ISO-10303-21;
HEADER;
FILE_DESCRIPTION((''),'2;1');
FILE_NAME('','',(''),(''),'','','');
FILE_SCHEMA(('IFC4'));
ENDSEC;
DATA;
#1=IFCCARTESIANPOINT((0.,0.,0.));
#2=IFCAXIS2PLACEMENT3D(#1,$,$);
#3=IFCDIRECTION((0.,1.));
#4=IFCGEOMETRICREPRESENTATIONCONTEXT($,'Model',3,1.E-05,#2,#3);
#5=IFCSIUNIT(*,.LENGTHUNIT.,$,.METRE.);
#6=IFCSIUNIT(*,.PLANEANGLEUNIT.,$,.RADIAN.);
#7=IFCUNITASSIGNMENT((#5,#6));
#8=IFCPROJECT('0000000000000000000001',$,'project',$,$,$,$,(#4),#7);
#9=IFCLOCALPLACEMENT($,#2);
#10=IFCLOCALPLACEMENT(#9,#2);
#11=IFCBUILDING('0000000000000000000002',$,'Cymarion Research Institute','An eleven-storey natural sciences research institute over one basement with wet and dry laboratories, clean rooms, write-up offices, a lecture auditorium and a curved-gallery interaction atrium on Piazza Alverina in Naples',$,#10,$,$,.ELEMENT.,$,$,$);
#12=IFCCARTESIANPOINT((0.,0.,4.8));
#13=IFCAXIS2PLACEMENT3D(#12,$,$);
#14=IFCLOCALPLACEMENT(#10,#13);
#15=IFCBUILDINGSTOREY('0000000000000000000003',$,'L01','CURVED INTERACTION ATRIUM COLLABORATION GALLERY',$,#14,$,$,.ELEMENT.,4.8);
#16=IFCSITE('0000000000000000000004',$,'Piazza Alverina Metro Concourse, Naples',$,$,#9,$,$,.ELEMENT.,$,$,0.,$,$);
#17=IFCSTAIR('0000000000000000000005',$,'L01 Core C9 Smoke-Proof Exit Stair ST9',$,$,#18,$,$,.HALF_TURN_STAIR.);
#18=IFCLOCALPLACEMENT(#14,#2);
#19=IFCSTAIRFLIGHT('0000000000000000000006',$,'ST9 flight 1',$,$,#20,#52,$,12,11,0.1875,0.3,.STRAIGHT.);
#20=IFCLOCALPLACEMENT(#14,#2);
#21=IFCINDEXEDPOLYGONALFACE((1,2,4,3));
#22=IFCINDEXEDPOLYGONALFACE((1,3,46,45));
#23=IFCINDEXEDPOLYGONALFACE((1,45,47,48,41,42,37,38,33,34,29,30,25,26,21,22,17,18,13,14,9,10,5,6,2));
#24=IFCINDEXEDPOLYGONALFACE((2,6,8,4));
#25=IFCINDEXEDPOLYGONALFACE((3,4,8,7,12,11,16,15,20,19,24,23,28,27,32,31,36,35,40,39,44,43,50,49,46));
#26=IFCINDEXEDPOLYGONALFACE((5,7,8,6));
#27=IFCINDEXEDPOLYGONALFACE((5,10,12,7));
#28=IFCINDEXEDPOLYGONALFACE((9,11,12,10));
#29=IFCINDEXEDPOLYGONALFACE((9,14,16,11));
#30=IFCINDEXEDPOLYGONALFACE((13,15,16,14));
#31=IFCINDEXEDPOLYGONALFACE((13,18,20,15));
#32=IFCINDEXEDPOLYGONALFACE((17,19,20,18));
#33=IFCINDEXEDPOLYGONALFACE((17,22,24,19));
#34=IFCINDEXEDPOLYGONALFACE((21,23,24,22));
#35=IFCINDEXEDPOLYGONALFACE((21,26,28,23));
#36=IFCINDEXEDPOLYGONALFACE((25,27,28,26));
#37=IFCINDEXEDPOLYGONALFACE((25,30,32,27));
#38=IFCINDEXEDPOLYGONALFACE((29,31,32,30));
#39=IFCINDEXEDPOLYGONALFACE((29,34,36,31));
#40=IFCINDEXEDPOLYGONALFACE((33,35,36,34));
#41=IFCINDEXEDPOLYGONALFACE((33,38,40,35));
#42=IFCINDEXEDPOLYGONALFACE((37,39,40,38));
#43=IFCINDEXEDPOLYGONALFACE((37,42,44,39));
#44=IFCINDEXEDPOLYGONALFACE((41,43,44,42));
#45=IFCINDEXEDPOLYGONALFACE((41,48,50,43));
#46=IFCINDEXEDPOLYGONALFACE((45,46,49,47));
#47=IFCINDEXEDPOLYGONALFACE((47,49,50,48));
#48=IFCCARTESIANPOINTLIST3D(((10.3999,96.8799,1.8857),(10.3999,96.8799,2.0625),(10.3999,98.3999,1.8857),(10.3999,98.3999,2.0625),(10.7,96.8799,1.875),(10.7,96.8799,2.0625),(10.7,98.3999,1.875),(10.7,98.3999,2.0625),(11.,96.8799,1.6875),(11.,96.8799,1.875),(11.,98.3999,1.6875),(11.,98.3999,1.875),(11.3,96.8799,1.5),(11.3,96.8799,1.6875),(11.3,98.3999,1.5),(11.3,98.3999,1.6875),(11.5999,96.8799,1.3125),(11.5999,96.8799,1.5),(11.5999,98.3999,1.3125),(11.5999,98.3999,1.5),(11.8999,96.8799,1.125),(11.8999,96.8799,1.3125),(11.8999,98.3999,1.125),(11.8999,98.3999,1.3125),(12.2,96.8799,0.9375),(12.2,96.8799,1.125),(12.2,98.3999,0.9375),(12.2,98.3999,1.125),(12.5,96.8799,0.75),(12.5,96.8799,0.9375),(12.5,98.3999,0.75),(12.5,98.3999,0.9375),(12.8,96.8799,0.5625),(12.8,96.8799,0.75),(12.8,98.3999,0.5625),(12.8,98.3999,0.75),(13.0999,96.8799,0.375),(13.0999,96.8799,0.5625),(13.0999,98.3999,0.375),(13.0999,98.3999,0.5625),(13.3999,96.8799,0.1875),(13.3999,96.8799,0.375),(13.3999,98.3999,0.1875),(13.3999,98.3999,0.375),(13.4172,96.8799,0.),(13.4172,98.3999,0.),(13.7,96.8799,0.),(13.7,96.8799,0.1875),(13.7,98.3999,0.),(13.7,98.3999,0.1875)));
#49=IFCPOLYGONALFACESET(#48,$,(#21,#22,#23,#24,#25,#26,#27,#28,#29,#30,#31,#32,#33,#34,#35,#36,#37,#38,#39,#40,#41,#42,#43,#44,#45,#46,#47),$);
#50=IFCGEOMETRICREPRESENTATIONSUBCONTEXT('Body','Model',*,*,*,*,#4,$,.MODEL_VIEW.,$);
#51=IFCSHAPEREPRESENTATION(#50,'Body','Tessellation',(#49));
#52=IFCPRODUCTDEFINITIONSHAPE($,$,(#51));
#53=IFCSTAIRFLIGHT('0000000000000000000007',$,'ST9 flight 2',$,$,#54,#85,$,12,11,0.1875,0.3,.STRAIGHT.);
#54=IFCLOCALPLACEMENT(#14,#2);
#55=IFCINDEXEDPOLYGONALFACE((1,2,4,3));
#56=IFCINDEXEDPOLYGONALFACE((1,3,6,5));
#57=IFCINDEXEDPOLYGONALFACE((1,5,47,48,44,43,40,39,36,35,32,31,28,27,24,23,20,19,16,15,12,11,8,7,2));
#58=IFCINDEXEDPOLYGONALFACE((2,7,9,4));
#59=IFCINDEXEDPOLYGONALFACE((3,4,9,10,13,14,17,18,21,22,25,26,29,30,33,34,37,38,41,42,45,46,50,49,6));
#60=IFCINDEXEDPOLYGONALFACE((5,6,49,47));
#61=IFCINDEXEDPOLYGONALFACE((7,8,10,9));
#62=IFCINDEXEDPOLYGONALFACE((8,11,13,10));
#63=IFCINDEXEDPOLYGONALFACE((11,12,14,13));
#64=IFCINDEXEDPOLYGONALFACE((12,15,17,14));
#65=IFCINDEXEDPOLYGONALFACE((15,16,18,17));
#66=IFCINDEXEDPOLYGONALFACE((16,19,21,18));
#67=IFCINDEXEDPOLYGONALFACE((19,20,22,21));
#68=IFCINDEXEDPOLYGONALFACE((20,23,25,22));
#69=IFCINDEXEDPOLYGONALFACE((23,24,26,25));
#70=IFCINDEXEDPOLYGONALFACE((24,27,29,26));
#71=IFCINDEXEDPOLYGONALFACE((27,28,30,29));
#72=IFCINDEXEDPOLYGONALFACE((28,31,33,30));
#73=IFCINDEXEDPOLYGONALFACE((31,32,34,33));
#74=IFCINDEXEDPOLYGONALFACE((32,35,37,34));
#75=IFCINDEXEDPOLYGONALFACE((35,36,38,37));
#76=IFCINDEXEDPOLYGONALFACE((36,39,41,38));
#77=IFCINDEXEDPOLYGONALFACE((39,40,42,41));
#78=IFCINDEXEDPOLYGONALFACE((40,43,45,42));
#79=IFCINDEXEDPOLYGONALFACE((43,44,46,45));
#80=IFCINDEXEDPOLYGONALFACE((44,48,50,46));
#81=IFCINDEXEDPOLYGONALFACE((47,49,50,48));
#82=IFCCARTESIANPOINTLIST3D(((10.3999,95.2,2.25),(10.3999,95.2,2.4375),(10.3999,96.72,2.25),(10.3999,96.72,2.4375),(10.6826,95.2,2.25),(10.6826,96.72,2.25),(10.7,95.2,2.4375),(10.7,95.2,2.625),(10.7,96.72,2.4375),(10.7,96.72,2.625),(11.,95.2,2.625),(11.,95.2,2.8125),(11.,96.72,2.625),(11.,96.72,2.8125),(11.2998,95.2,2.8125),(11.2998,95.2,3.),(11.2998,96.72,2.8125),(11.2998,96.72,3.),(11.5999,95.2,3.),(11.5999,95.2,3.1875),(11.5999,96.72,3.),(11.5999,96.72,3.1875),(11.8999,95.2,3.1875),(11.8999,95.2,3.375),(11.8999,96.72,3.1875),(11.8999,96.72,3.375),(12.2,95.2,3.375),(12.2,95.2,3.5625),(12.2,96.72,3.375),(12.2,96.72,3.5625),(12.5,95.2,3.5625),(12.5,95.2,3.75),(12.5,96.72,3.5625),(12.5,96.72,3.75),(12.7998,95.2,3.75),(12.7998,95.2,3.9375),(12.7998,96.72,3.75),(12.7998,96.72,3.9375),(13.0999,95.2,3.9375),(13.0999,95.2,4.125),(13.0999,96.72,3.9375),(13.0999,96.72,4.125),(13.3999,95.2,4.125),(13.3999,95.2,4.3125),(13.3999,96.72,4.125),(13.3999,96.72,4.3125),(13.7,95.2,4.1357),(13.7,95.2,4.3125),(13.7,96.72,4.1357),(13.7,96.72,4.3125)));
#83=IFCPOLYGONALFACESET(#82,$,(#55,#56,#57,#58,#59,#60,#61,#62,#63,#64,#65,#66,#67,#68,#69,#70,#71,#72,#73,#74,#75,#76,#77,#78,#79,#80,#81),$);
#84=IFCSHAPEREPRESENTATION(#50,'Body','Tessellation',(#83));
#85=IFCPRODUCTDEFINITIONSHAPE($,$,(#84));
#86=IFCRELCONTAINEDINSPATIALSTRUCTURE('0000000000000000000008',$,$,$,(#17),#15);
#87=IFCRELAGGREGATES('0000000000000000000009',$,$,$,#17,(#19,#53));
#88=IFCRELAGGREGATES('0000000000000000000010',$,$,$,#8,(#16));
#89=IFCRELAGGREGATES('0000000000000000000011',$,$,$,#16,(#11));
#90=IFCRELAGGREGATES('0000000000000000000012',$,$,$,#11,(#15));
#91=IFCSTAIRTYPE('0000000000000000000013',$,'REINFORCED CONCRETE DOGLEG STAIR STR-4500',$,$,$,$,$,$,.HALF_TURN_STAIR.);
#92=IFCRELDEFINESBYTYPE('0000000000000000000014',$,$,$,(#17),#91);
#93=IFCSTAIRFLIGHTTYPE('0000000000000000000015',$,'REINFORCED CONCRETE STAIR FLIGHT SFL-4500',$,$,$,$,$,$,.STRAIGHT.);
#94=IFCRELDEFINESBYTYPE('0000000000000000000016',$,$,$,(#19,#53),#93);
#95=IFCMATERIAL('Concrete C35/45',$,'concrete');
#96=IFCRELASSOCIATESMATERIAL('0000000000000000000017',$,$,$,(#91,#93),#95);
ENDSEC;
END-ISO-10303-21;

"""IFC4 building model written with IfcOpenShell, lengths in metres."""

from ifc_helpers import new_model, si_unit, direction, frame, origin, place, context, subcontext, project, spatial, polyline, outline, extrude, material, type_object, element, aggregate, save


model = new_model("IFC4")

# Units and contexts
model_context = context("Model", 3, precision=1e-05, world=origin(), true_north=direction((0.0, 1.0)))
body_context = subcontext(model_context, "Body", "Model", "MODEL_VIEW")
ifc_project = project(units=[si_unit("LENGTHUNIT", "METRE"), si_unit("PLANEANGLEUNIT", "RADIAN")], contexts=[model_context])

# Site, building, storey
site_placement = place(None, origin())
site = spatial("IfcSite", under=ifc_project, at=site_placement, Name="Piazza Alverina Metro Concourse, Naples", CompositionType="ELEMENT", RefElevation=0.0)
building_placement = place(site_placement, origin())
building = spatial("IfcBuilding", under=site, at=building_placement, Name="Cymarion Research Institute", Description="An eleven-storey natural sciences research institute over one basement with wet and dry laboratories, clean rooms, write-up offices, a lecture auditorium and a curved-gallery interaction atrium on Piazza Alverina in Naples", CompositionType="ELEMENT")
storey_placement = place(building_placement, frame((0.0, 0.0, 4.8)))
storey = spatial("IfcBuildingStorey", under=building, at=storey_placement, Name="L01", Description="CURVED INTERACTION ATRIUM COLLABORATION GALLERY", CompositionType="ELEMENT", Elevation=4.8)

# Stair, stair flights
ifc_material_1 = material(Name="Concrete C35/45", Category="concrete")
stair_type = type_object("IfcStairType", Name="REINFORCED CONCRETE DOGLEG STAIR STR-4500", PredefinedType="HALF_TURN_STAIR", material=ifc_material_1)
stair_placement = place(storey_placement, origin())
stair = element("IfcStair", 1, at=stair_placement, inside=storey, type_object=stair_type, Name="L01 Core C9 Smoke-Proof Exit Stair ST9", PredefinedType="HALF_TURN_STAIR")
stair_flight_type = type_object("IfcStairFlightType", Name="REINFORCED CONCRETE STAIR FLIGHT SFL-4500", PredefinedType="STRAIGHT", material=ifc_material_1)
stair_flight_1_placement = place(storey_placement, frame((13.7, 97.6399, 0.0), z_axis=(0.0, 0.0, 1.0), x_axis=(-1.0, 0.0, 0.0)))
stair_flight_1 = element("IfcStairFlight", 2, at=stair_flight_1_placement, type_object=stair_flight_type, Name="ST9 flight 1", NumberOfRisers=12, NumberOfTreads=11, PredefinedType="STRAIGHT", RiserHeight=0.1875, TreadLength=0.3, context=body_context, shape_type="SweptSolid", body=[
    extrude(outline(polyline([(0.0, 0.0), (0.0, 0.1875), (0.3, 0.1875), (0.3, 0.375), (0.6001, 0.375), (0.6001, 0.5625), (0.8999, 0.5625), (0.8999, 0.75), (1.2, 0.75), (1.2, 0.9375), (1.5, 0.9375), (1.5, 1.125), (1.8, 1.125), (1.8, 1.3125), (2.1001, 1.3125), (2.1001, 1.5), (2.3999, 1.5), (2.3999, 1.6875), (2.7, 1.6875), (2.7, 1.875), (3.0, 1.875), (3.0, 2.0625), (3.3, 2.0625), (3.3, 2.25), (3.3, 1.8857), (0.2827, 0.0), (0.0, 0.0)])), frame((0.0, 0.76, 0.0), z_axis=(0.0, -1.0, 0.0), x_axis=(1.0, 0.0, 0.0)), (0.0, 0.0, 1.0), 1.52),
])
stair_flight_2_placement = place(storey_placement, frame((10.3999, 95.96, 2.25), z_axis=(0.0, 0.0, 1.0), x_axis=(1.0, 0.0, 0.0)))
stair_flight_2 = element("IfcStairFlight", 3, at=stair_flight_2_placement, type_object=stair_flight_type, Name="ST9 flight 2", NumberOfRisers=12, NumberOfTreads=11, PredefinedType="STRAIGHT", RiserHeight=0.1875, TreadLength=0.3, context=body_context, shape_type="SweptSolid", body=[
    extrude(outline(polyline([(0.0, 0.0), (0.0, 0.1875), (0.3, 0.1875), (0.3, 0.375), (0.6001, 0.375), (0.6001, 0.5625), (0.8999, 0.5625), (0.8999, 0.75), (1.2, 0.75), (1.2, 0.9375), (1.5, 0.9375), (1.5, 1.125), (1.8, 1.125), (1.8, 1.3125), (2.1001, 1.3125), (2.1001, 1.5), (2.3999, 1.5), (2.3999, 1.6875), (2.7, 1.6875), (2.7, 1.875), (3.0, 1.875), (3.0, 2.0625), (3.3, 2.0625), (3.3, 2.25), (3.3, 1.8857), (0.2827, 0.0), (0.0, 0.0)])), frame((0.0, 0.76, 0.0), z_axis=(0.0, -1.0, 0.0), x_axis=(1.0, 0.0, 0.0)), (0.0, 0.0, 1.0), 1.52),
])
aggregate(stair, [stair_flight_1, stair_flight_2])

save(model, "model.ifc")
